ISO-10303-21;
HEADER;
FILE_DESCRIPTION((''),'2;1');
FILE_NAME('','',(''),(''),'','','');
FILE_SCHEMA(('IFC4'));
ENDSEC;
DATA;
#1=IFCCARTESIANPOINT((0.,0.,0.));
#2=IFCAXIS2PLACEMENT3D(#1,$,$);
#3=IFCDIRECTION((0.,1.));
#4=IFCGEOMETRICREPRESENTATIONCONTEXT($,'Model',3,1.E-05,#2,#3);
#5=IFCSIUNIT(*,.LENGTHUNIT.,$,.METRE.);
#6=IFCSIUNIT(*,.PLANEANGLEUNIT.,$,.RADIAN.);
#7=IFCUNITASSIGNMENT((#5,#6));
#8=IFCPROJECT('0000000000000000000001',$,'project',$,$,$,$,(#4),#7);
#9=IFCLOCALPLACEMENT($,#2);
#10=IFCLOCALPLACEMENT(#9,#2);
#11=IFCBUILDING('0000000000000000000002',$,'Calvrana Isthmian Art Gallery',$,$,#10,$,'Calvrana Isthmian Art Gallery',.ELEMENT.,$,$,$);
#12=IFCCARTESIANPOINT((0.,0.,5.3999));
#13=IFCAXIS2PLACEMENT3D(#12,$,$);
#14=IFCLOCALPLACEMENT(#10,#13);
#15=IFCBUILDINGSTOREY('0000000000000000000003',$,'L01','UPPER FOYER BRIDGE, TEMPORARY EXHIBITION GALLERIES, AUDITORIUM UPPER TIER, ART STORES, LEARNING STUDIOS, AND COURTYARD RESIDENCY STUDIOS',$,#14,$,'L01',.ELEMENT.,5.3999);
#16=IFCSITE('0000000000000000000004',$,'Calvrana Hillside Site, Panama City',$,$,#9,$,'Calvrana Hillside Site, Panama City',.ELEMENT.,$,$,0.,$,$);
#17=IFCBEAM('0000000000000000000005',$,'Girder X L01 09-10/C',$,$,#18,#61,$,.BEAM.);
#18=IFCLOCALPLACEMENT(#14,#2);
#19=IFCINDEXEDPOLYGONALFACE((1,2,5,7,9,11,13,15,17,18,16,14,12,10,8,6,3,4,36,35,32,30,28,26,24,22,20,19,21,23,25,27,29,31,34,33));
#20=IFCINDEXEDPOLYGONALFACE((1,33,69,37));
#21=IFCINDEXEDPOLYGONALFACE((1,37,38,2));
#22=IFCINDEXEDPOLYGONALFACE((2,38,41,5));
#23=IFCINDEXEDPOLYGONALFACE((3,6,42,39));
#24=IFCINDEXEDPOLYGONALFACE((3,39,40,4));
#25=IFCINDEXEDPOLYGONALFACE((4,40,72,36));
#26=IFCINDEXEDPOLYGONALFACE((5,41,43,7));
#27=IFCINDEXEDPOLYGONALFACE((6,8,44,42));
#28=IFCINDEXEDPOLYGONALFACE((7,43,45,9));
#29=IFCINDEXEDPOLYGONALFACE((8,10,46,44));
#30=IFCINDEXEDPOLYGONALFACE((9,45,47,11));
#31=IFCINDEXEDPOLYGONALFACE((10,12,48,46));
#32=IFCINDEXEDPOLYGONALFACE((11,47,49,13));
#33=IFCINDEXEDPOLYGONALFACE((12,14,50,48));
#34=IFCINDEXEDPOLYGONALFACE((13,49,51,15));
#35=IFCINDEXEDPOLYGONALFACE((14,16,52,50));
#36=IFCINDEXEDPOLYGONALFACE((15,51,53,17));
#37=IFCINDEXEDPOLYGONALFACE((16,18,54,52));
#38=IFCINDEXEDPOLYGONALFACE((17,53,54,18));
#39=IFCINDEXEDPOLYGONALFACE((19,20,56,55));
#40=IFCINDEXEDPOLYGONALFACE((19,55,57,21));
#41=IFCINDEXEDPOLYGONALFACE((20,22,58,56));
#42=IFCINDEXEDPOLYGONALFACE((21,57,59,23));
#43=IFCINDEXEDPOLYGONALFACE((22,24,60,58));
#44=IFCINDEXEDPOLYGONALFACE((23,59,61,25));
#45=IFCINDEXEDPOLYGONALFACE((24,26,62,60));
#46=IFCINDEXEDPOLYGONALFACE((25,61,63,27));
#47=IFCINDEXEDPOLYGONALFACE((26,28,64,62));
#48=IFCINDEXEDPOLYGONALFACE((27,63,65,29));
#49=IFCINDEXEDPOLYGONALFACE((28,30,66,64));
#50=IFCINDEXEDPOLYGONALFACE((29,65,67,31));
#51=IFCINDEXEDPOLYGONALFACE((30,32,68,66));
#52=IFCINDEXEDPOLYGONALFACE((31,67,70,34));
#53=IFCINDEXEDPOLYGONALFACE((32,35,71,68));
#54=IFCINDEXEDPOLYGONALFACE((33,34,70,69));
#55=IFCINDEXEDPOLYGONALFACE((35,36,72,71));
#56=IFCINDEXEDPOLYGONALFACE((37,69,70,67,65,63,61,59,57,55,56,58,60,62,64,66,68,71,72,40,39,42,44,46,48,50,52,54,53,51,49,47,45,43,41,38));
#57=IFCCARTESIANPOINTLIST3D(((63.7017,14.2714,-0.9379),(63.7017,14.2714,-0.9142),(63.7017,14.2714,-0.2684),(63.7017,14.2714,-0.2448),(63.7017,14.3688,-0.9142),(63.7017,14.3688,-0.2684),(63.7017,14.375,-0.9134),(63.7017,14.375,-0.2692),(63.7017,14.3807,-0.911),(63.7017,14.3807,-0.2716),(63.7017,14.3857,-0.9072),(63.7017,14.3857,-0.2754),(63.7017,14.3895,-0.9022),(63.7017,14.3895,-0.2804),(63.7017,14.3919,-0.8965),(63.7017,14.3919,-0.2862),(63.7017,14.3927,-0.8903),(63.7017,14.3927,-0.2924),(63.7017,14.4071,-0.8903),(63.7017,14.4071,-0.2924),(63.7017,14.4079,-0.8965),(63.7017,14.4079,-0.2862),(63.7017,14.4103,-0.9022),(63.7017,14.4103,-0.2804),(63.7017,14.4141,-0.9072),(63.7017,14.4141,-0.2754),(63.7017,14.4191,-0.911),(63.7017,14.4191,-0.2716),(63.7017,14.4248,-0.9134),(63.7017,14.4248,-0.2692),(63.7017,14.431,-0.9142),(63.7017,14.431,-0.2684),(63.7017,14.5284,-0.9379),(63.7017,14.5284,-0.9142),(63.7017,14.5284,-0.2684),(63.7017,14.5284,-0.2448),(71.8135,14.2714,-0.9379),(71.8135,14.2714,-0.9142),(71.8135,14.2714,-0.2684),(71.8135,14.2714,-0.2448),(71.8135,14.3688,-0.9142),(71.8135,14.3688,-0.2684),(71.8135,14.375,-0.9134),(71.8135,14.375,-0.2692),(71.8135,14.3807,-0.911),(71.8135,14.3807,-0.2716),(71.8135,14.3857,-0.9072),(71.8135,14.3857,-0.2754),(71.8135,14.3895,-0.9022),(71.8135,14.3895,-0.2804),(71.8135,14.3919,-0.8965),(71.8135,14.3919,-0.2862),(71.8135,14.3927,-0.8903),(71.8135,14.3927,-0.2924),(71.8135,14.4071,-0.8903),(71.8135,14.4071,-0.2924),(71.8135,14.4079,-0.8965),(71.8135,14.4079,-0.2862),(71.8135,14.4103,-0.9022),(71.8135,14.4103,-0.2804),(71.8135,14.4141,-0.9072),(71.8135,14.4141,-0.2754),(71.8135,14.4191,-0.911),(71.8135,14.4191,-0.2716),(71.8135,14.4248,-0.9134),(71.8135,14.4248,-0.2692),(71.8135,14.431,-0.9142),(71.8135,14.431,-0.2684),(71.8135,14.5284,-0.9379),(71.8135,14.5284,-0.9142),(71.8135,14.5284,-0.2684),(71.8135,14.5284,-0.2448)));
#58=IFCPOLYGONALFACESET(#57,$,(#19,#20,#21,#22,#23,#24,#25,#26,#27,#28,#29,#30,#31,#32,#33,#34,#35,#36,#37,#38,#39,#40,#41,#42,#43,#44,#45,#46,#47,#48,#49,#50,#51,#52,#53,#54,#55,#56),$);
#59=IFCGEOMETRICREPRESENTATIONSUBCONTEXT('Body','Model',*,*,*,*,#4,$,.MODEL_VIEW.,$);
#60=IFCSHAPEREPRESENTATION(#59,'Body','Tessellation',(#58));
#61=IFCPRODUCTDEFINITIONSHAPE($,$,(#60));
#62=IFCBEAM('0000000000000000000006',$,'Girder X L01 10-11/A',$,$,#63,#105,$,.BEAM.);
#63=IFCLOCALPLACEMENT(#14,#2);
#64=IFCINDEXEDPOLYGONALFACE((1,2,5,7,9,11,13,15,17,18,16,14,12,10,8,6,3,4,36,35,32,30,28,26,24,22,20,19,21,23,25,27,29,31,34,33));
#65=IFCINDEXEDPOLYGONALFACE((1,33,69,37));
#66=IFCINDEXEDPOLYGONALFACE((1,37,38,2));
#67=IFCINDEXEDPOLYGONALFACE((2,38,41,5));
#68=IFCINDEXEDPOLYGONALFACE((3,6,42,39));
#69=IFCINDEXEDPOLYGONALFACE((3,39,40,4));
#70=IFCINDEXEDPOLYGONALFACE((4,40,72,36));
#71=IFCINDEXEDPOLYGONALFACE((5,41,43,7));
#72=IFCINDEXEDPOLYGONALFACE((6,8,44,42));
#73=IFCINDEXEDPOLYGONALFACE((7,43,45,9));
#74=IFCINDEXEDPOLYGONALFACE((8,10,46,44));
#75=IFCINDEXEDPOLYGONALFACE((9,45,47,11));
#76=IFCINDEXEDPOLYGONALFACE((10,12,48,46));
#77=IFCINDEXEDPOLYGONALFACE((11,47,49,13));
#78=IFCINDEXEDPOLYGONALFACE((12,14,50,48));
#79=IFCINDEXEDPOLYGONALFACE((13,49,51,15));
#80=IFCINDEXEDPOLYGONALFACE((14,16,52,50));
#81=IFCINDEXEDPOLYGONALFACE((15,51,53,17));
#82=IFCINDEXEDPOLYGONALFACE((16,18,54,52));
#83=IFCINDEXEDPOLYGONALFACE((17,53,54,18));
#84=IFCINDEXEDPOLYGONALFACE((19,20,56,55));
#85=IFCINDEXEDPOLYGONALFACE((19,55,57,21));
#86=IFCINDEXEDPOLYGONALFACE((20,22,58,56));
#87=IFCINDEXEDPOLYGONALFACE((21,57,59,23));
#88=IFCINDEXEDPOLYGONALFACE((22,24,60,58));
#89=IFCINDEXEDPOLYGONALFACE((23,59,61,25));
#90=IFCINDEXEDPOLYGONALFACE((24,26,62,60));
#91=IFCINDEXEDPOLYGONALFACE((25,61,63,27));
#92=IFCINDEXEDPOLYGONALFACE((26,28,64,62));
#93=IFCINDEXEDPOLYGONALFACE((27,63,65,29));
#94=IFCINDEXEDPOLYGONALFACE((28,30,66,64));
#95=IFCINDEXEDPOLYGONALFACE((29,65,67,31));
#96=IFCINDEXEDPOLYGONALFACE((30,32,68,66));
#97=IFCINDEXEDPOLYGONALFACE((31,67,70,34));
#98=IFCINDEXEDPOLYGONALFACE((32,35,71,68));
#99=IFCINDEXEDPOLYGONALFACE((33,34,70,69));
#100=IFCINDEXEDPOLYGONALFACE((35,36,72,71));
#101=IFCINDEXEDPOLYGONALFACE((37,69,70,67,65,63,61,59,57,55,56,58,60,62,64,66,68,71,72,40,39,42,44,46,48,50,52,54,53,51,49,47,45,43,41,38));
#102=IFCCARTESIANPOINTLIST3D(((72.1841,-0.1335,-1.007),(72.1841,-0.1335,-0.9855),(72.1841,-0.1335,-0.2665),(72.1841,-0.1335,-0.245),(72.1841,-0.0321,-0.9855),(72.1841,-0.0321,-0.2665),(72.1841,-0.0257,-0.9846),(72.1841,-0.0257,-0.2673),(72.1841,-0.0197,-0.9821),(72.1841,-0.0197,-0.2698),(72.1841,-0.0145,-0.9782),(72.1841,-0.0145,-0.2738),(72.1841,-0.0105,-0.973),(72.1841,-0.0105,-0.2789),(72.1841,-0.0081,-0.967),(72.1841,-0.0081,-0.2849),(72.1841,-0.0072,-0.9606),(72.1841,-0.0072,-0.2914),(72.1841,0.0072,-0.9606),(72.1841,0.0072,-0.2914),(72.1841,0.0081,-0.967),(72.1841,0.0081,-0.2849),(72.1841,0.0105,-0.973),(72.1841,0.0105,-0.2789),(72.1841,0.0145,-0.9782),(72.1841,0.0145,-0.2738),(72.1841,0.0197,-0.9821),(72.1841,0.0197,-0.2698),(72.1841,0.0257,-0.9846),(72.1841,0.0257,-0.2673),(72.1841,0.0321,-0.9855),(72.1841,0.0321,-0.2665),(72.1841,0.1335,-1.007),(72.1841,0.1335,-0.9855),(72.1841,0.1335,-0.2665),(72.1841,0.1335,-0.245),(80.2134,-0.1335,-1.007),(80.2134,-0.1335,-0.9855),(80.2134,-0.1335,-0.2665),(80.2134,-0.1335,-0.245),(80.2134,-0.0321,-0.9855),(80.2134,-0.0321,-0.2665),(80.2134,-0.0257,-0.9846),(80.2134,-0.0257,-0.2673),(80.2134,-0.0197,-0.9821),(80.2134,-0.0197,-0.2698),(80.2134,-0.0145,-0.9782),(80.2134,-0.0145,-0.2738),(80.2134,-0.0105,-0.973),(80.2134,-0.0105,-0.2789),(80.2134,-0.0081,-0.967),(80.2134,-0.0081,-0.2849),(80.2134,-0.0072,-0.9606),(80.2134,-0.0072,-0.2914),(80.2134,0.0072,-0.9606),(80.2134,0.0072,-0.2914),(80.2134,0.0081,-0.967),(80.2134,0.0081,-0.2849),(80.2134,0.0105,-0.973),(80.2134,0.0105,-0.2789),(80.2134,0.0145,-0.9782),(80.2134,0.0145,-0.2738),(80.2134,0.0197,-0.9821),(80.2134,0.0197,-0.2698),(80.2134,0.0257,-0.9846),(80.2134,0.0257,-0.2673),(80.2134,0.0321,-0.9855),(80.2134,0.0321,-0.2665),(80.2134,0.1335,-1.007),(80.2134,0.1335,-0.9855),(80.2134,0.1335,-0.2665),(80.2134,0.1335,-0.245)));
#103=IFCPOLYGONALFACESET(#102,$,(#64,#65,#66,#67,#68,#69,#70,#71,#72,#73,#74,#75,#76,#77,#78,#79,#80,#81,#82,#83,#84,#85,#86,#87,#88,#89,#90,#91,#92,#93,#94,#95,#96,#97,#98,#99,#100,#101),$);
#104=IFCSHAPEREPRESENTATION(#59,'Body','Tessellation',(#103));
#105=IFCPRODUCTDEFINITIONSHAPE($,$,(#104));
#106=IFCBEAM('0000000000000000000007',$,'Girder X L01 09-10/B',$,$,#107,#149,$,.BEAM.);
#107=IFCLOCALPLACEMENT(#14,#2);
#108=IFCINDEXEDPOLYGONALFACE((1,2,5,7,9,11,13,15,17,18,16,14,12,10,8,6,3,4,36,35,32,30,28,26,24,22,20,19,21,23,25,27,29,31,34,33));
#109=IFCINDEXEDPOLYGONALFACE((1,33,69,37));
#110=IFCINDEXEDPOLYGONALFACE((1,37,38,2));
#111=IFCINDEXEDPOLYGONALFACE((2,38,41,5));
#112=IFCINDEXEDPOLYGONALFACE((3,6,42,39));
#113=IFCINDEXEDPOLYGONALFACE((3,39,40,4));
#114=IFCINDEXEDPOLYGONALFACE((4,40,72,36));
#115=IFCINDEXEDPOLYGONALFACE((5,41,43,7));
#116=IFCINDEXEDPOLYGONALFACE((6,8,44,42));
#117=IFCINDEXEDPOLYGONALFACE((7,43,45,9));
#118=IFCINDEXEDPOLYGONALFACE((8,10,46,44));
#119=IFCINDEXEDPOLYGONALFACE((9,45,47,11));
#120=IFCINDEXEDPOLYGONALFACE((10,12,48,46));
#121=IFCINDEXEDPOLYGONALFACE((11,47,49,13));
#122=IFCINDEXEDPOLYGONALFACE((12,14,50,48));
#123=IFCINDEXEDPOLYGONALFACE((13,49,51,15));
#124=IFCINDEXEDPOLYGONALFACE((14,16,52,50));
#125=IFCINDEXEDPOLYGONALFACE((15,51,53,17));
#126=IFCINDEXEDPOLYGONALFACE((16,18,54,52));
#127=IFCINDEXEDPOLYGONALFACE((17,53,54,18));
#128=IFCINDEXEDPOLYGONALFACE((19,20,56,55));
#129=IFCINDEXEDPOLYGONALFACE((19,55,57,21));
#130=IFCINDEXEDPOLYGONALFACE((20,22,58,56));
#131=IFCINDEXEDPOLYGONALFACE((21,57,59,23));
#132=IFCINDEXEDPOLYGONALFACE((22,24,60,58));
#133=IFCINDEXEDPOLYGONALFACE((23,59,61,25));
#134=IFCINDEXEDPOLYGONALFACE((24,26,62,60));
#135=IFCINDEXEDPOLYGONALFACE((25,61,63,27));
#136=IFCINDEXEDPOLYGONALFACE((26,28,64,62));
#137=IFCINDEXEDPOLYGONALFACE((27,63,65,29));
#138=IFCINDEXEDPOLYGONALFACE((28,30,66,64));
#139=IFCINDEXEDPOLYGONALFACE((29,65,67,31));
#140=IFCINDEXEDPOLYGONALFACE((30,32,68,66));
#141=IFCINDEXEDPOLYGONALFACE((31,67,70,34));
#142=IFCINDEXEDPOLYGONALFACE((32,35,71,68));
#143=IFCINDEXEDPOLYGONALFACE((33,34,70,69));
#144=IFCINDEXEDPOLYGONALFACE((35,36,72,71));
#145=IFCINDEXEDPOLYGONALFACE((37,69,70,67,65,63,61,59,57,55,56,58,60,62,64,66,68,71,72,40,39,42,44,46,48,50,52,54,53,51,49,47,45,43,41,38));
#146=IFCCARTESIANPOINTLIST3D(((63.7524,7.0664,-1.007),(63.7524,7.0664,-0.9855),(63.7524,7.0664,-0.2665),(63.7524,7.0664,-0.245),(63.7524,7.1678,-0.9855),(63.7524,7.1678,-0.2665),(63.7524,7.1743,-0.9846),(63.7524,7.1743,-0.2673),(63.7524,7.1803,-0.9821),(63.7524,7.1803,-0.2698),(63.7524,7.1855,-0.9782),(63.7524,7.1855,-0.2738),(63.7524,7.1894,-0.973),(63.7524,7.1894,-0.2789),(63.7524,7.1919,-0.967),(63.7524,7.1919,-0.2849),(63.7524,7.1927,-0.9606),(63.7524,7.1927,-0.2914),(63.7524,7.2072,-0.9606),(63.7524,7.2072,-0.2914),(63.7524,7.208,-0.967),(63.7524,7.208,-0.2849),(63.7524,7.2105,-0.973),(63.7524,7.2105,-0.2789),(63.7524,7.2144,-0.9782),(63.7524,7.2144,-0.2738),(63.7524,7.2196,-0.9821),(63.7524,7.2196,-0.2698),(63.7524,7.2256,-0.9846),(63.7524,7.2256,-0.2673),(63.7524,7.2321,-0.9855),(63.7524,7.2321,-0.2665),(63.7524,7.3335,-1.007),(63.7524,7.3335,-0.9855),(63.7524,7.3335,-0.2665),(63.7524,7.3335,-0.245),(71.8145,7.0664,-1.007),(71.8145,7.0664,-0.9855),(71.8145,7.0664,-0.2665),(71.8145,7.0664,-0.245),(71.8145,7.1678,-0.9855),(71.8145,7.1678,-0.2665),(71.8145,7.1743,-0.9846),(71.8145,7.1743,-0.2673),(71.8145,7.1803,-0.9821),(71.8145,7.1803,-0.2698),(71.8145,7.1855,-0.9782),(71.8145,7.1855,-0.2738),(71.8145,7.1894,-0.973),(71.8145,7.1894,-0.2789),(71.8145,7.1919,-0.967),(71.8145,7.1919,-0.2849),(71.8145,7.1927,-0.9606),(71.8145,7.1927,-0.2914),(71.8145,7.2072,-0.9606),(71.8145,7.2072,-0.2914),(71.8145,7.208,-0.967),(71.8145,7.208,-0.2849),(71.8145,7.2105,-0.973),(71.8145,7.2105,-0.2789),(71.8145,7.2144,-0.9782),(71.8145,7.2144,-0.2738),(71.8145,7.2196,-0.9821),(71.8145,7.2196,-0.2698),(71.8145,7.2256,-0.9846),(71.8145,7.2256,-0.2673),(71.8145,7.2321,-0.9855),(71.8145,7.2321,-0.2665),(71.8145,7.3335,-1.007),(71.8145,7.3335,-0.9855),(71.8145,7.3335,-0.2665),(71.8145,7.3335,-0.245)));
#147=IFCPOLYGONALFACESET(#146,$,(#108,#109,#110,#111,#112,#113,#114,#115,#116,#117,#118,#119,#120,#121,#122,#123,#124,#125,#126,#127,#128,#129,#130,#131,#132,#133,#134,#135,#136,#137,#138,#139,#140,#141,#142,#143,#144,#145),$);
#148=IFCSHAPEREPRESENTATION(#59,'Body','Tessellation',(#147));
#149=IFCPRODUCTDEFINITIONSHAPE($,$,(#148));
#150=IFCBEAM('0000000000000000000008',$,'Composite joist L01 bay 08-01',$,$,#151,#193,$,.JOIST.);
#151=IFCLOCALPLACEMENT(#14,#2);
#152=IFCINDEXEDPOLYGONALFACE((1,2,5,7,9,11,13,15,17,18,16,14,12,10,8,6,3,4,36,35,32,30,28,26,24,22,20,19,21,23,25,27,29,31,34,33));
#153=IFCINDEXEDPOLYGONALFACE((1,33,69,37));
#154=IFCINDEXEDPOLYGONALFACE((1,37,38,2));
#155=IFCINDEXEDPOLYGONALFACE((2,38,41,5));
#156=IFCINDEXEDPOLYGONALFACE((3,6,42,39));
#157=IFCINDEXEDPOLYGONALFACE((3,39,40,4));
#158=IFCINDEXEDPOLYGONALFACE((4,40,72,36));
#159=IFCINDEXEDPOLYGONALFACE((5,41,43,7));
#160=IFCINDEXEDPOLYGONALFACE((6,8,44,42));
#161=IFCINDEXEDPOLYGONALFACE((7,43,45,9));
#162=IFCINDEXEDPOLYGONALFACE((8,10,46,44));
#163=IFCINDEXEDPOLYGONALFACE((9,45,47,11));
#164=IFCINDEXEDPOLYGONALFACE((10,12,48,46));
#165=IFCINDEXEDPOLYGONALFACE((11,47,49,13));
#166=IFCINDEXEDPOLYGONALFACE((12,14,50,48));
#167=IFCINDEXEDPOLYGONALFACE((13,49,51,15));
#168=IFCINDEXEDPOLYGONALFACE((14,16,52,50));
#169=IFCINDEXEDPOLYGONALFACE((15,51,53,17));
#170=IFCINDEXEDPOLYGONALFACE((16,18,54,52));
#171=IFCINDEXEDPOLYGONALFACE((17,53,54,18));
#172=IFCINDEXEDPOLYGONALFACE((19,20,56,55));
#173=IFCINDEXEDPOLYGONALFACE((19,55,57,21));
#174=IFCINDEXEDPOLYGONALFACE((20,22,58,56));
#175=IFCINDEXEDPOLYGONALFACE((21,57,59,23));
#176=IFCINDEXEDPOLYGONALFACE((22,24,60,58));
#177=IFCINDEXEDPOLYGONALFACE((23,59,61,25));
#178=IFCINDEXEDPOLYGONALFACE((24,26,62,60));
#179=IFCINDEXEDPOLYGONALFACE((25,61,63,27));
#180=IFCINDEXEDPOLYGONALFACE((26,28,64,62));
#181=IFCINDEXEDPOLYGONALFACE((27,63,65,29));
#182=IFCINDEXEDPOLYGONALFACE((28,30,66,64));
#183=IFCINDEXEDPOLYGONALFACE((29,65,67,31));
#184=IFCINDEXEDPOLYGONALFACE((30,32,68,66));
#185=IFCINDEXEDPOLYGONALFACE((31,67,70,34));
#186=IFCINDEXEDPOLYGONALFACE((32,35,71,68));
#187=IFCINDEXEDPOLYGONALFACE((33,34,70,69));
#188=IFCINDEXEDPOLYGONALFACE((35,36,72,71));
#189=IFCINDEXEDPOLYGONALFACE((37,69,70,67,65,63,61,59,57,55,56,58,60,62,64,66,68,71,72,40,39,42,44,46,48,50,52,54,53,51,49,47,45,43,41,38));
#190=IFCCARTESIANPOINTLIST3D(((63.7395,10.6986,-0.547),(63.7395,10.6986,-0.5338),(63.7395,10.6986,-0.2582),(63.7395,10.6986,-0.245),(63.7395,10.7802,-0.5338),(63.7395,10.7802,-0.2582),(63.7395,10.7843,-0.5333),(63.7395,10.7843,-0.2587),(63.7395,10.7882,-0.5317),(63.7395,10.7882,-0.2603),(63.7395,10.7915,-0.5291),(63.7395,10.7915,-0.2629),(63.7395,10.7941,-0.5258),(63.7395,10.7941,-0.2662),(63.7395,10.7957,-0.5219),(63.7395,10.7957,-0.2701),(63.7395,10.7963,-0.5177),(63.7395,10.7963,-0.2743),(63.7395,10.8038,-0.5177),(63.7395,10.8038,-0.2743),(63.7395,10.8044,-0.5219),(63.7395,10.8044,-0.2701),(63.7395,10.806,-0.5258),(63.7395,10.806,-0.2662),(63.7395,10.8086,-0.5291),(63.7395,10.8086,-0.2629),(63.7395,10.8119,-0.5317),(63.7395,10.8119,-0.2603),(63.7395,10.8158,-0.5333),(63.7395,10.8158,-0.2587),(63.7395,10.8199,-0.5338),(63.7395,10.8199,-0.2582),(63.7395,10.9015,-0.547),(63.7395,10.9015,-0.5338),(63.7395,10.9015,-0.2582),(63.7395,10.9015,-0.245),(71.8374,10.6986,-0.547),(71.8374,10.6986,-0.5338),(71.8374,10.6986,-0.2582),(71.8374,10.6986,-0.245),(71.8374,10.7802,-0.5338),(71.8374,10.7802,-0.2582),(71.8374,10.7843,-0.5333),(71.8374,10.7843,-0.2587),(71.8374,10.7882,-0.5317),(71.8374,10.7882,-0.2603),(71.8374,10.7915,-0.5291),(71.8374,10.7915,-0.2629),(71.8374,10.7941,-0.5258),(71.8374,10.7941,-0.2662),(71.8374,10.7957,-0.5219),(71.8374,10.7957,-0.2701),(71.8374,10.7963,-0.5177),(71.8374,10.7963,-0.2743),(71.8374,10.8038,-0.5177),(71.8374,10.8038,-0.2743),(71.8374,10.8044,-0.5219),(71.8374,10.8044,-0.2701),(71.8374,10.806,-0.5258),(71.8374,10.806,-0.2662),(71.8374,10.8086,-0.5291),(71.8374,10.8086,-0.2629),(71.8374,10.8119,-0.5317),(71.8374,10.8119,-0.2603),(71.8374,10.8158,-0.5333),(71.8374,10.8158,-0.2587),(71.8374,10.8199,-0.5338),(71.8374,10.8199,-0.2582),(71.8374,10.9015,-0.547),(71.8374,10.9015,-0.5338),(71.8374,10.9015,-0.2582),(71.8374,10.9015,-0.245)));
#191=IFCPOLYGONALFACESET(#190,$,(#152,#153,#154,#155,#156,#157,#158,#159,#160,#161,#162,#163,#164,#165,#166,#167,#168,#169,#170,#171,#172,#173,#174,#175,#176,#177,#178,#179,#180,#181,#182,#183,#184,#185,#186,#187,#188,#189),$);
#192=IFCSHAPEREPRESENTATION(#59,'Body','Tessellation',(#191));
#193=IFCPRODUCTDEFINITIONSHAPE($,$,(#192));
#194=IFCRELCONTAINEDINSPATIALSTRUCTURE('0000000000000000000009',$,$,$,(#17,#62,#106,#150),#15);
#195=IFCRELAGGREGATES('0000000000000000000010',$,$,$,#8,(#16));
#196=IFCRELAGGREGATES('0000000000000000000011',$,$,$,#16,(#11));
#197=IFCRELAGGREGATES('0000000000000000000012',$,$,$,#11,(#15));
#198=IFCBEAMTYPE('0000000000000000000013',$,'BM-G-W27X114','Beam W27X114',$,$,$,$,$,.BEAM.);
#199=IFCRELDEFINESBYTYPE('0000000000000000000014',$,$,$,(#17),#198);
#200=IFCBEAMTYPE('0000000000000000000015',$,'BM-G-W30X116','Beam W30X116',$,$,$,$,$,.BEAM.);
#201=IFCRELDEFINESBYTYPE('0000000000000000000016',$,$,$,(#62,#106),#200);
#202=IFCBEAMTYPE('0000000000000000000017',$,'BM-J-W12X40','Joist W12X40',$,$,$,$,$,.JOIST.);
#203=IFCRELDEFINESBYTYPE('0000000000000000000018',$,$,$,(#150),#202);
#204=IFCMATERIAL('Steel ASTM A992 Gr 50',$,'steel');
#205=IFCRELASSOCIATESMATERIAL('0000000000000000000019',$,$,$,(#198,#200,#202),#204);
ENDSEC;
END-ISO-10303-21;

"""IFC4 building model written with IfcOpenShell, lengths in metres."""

from ifc_helpers import new_model, si_unit, direction, frame, origin, origin_2d, place, context, subcontext, project, spatial, i_section, extrude, material, material_profile, profile_set, type_object, element, save


model = new_model("IFC4")

# Units and contexts
model_context = context("Model", 3, precision=1e-05, world=origin(), true_north=direction((0.0, 1.0)))
body_context = subcontext(model_context, "Body", "Model", "MODEL_VIEW")
ifc_project = project(units=[si_unit("LENGTHUNIT", "METRE"), si_unit("PLANEANGLEUNIT", "RADIAN")], contexts=[model_context])

# Site, building, storey
site_placement = place(None, origin())
site = spatial("IfcSite", under=ifc_project, at=site_placement, Name="Calvrana Hillside Site, Panama City", LongName="Calvrana Hillside Site, Panama City", CompositionType="ELEMENT", RefElevation=0.0)
building_placement = place(site_placement, origin())
building = spatial("IfcBuilding", under=site, at=building_placement, Name="Calvrana Isthmian Art Gallery", LongName="Calvrana Isthmian Art Gallery", CompositionType="ELEMENT")
storey_placement = place(building_placement, frame((0.0, 0.0, 5.3999)))
storey = spatial("IfcBuildingStorey", under=building, at=storey_placement, Name="L01", Description="UPPER FOYER BRIDGE, TEMPORARY EXHIBITION GALLERIES, AUDITORIUM UPPER TIER, ART STORES, LEARNING STUDIOS, AND COURTYARD RESIDENCY STUDIOS", LongName="L01", CompositionType="ELEMENT", Elevation=5.3999)

# Beams
ifc_material_1 = material(Name="Steel ASTM A992 Gr 50", Category="steel")
ifc_material_profile_1 = material_profile(ifc_material_1, i_section(OverallWidth=0.2571, OverallDepth=0.6931, WebThickness=0.0144, FlangeThickness=0.0237, FilletRadius=0.0239, at=origin_2d()), Name="W27X114")
ifc_profile_set_1 = profile_set([ifc_material_profile_1], Name="Steel ASTM A992 Gr 50")
beam_type_1 = type_object("IfcBeamType", Name="BM-G-W27X114", Description="Beam W27X114", PredefinedType="BEAM", material=ifc_profile_set_1)
beam_1_placement = place(storey_placement, frame((63.7017, 14.3999, -0.5913), z_axis=(1.0, 0.0, 0.0), x_axis=(0.0, 1.0, 0.0)))
element("IfcBeam", 1, at=beam_1_placement, inside=storey, type_object=beam_type_1, Name="Girder X L01 09-10/C", PredefinedType="BEAM", context=body_context, shape_type="SweptSolid", body=[
    extrude(i_section(OverallWidth=0.2571, OverallDepth=0.6931, WebThickness=0.0144, FlangeThickness=0.0237, FilletRadius=0.0239, at=origin_2d()), origin(), (0.0, 0.0, 1.0), 8.1118),
])
ifc_material_profile_2 = material_profile(ifc_material_1, i_section(OverallWidth=0.2671, OverallDepth=0.762, WebThickness=0.0144, FlangeThickness=0.0215, FilletRadius=0.0249, at=origin_2d()), Name="W30X116")
ifc_profile_set_2 = profile_set([ifc_material_profile_2], Name="Steel ASTM A992 Gr 50")
beam_type_2 = type_object("IfcBeamType", Name="BM-G-W30X116", Description="Beam W30X116", PredefinedType="BEAM", material=ifc_profile_set_2)
beam_2_placement = place(storey_placement, frame((72.1841, 0.0, -0.626), z_axis=(1.0, 0.0, 0.0), x_axis=(0.0, 1.0, 0.0)))
element("IfcBeam", 2, at=beam_2_placement, inside=storey, type_object=beam_type_2, Name="Girder X L01 10-11/A", PredefinedType="BEAM", context=body_context, shape_type="SweptSolid", body=[
    extrude(i_section(OverallWidth=0.2671, OverallDepth=0.762, WebThickness=0.0144, FlangeThickness=0.0215, FilletRadius=0.0249, at=origin_2d()), origin(), (0.0, 0.0, 1.0), 8.0293),
])
beam_3_placement = place(storey_placement, frame((63.7524, 7.2, -0.626), z_axis=(1.0, 0.0, 0.0), x_axis=(0.0, 1.0, 0.0)))
element("IfcBeam", 3, at=beam_3_placement, inside=storey, type_object=beam_type_2, Name="Girder X L01 09-10/B", PredefinedType="BEAM", context=body_context, shape_type="SweptSolid", body=[
    extrude(i_section(OverallWidth=0.2671, OverallDepth=0.762, WebThickness=0.0144, FlangeThickness=0.0215, FilletRadius=0.0249, at=origin_2d()), origin(), (0.0, 0.0, 1.0), 8.062),
])
ifc_material_profile_3 = material_profile(ifc_material_1, i_section(OverallWidth=0.2029, OverallDepth=0.302, WebThickness=0.0076, FlangeThickness=0.0132, FilletRadius=0.0161, at=origin_2d()), Name="W12X40")
ifc_profile_set_3 = profile_set([ifc_material_profile_3], Name="Steel ASTM A992 Gr 50")
beam_type_3 = type_object("IfcBeamType", Name="BM-J-W12X40", Description="Joist W12X40", PredefinedType="JOIST", material=ifc_profile_set_3)
beam_4_placement = place(storey_placement, frame((63.7395, 10.8, -0.396), z_axis=(1.0, 0.0, 0.0), x_axis=(0.0, 1.0, 0.0)))
element("IfcBeam", 4, at=beam_4_placement, inside=storey, type_object=beam_type_3, Name="Composite joist L01 bay 08-01", PredefinedType="JOIST", context=body_context, shape_type="SweptSolid", body=[
    extrude(i_section(OverallWidth=0.2029, OverallDepth=0.302, WebThickness=0.0076, FlangeThickness=0.0132, FilletRadius=0.0161, at=origin_2d()), origin(), (0.0, 0.0, 1.0), 8.0979),
])

save(model, "model.ifc")
